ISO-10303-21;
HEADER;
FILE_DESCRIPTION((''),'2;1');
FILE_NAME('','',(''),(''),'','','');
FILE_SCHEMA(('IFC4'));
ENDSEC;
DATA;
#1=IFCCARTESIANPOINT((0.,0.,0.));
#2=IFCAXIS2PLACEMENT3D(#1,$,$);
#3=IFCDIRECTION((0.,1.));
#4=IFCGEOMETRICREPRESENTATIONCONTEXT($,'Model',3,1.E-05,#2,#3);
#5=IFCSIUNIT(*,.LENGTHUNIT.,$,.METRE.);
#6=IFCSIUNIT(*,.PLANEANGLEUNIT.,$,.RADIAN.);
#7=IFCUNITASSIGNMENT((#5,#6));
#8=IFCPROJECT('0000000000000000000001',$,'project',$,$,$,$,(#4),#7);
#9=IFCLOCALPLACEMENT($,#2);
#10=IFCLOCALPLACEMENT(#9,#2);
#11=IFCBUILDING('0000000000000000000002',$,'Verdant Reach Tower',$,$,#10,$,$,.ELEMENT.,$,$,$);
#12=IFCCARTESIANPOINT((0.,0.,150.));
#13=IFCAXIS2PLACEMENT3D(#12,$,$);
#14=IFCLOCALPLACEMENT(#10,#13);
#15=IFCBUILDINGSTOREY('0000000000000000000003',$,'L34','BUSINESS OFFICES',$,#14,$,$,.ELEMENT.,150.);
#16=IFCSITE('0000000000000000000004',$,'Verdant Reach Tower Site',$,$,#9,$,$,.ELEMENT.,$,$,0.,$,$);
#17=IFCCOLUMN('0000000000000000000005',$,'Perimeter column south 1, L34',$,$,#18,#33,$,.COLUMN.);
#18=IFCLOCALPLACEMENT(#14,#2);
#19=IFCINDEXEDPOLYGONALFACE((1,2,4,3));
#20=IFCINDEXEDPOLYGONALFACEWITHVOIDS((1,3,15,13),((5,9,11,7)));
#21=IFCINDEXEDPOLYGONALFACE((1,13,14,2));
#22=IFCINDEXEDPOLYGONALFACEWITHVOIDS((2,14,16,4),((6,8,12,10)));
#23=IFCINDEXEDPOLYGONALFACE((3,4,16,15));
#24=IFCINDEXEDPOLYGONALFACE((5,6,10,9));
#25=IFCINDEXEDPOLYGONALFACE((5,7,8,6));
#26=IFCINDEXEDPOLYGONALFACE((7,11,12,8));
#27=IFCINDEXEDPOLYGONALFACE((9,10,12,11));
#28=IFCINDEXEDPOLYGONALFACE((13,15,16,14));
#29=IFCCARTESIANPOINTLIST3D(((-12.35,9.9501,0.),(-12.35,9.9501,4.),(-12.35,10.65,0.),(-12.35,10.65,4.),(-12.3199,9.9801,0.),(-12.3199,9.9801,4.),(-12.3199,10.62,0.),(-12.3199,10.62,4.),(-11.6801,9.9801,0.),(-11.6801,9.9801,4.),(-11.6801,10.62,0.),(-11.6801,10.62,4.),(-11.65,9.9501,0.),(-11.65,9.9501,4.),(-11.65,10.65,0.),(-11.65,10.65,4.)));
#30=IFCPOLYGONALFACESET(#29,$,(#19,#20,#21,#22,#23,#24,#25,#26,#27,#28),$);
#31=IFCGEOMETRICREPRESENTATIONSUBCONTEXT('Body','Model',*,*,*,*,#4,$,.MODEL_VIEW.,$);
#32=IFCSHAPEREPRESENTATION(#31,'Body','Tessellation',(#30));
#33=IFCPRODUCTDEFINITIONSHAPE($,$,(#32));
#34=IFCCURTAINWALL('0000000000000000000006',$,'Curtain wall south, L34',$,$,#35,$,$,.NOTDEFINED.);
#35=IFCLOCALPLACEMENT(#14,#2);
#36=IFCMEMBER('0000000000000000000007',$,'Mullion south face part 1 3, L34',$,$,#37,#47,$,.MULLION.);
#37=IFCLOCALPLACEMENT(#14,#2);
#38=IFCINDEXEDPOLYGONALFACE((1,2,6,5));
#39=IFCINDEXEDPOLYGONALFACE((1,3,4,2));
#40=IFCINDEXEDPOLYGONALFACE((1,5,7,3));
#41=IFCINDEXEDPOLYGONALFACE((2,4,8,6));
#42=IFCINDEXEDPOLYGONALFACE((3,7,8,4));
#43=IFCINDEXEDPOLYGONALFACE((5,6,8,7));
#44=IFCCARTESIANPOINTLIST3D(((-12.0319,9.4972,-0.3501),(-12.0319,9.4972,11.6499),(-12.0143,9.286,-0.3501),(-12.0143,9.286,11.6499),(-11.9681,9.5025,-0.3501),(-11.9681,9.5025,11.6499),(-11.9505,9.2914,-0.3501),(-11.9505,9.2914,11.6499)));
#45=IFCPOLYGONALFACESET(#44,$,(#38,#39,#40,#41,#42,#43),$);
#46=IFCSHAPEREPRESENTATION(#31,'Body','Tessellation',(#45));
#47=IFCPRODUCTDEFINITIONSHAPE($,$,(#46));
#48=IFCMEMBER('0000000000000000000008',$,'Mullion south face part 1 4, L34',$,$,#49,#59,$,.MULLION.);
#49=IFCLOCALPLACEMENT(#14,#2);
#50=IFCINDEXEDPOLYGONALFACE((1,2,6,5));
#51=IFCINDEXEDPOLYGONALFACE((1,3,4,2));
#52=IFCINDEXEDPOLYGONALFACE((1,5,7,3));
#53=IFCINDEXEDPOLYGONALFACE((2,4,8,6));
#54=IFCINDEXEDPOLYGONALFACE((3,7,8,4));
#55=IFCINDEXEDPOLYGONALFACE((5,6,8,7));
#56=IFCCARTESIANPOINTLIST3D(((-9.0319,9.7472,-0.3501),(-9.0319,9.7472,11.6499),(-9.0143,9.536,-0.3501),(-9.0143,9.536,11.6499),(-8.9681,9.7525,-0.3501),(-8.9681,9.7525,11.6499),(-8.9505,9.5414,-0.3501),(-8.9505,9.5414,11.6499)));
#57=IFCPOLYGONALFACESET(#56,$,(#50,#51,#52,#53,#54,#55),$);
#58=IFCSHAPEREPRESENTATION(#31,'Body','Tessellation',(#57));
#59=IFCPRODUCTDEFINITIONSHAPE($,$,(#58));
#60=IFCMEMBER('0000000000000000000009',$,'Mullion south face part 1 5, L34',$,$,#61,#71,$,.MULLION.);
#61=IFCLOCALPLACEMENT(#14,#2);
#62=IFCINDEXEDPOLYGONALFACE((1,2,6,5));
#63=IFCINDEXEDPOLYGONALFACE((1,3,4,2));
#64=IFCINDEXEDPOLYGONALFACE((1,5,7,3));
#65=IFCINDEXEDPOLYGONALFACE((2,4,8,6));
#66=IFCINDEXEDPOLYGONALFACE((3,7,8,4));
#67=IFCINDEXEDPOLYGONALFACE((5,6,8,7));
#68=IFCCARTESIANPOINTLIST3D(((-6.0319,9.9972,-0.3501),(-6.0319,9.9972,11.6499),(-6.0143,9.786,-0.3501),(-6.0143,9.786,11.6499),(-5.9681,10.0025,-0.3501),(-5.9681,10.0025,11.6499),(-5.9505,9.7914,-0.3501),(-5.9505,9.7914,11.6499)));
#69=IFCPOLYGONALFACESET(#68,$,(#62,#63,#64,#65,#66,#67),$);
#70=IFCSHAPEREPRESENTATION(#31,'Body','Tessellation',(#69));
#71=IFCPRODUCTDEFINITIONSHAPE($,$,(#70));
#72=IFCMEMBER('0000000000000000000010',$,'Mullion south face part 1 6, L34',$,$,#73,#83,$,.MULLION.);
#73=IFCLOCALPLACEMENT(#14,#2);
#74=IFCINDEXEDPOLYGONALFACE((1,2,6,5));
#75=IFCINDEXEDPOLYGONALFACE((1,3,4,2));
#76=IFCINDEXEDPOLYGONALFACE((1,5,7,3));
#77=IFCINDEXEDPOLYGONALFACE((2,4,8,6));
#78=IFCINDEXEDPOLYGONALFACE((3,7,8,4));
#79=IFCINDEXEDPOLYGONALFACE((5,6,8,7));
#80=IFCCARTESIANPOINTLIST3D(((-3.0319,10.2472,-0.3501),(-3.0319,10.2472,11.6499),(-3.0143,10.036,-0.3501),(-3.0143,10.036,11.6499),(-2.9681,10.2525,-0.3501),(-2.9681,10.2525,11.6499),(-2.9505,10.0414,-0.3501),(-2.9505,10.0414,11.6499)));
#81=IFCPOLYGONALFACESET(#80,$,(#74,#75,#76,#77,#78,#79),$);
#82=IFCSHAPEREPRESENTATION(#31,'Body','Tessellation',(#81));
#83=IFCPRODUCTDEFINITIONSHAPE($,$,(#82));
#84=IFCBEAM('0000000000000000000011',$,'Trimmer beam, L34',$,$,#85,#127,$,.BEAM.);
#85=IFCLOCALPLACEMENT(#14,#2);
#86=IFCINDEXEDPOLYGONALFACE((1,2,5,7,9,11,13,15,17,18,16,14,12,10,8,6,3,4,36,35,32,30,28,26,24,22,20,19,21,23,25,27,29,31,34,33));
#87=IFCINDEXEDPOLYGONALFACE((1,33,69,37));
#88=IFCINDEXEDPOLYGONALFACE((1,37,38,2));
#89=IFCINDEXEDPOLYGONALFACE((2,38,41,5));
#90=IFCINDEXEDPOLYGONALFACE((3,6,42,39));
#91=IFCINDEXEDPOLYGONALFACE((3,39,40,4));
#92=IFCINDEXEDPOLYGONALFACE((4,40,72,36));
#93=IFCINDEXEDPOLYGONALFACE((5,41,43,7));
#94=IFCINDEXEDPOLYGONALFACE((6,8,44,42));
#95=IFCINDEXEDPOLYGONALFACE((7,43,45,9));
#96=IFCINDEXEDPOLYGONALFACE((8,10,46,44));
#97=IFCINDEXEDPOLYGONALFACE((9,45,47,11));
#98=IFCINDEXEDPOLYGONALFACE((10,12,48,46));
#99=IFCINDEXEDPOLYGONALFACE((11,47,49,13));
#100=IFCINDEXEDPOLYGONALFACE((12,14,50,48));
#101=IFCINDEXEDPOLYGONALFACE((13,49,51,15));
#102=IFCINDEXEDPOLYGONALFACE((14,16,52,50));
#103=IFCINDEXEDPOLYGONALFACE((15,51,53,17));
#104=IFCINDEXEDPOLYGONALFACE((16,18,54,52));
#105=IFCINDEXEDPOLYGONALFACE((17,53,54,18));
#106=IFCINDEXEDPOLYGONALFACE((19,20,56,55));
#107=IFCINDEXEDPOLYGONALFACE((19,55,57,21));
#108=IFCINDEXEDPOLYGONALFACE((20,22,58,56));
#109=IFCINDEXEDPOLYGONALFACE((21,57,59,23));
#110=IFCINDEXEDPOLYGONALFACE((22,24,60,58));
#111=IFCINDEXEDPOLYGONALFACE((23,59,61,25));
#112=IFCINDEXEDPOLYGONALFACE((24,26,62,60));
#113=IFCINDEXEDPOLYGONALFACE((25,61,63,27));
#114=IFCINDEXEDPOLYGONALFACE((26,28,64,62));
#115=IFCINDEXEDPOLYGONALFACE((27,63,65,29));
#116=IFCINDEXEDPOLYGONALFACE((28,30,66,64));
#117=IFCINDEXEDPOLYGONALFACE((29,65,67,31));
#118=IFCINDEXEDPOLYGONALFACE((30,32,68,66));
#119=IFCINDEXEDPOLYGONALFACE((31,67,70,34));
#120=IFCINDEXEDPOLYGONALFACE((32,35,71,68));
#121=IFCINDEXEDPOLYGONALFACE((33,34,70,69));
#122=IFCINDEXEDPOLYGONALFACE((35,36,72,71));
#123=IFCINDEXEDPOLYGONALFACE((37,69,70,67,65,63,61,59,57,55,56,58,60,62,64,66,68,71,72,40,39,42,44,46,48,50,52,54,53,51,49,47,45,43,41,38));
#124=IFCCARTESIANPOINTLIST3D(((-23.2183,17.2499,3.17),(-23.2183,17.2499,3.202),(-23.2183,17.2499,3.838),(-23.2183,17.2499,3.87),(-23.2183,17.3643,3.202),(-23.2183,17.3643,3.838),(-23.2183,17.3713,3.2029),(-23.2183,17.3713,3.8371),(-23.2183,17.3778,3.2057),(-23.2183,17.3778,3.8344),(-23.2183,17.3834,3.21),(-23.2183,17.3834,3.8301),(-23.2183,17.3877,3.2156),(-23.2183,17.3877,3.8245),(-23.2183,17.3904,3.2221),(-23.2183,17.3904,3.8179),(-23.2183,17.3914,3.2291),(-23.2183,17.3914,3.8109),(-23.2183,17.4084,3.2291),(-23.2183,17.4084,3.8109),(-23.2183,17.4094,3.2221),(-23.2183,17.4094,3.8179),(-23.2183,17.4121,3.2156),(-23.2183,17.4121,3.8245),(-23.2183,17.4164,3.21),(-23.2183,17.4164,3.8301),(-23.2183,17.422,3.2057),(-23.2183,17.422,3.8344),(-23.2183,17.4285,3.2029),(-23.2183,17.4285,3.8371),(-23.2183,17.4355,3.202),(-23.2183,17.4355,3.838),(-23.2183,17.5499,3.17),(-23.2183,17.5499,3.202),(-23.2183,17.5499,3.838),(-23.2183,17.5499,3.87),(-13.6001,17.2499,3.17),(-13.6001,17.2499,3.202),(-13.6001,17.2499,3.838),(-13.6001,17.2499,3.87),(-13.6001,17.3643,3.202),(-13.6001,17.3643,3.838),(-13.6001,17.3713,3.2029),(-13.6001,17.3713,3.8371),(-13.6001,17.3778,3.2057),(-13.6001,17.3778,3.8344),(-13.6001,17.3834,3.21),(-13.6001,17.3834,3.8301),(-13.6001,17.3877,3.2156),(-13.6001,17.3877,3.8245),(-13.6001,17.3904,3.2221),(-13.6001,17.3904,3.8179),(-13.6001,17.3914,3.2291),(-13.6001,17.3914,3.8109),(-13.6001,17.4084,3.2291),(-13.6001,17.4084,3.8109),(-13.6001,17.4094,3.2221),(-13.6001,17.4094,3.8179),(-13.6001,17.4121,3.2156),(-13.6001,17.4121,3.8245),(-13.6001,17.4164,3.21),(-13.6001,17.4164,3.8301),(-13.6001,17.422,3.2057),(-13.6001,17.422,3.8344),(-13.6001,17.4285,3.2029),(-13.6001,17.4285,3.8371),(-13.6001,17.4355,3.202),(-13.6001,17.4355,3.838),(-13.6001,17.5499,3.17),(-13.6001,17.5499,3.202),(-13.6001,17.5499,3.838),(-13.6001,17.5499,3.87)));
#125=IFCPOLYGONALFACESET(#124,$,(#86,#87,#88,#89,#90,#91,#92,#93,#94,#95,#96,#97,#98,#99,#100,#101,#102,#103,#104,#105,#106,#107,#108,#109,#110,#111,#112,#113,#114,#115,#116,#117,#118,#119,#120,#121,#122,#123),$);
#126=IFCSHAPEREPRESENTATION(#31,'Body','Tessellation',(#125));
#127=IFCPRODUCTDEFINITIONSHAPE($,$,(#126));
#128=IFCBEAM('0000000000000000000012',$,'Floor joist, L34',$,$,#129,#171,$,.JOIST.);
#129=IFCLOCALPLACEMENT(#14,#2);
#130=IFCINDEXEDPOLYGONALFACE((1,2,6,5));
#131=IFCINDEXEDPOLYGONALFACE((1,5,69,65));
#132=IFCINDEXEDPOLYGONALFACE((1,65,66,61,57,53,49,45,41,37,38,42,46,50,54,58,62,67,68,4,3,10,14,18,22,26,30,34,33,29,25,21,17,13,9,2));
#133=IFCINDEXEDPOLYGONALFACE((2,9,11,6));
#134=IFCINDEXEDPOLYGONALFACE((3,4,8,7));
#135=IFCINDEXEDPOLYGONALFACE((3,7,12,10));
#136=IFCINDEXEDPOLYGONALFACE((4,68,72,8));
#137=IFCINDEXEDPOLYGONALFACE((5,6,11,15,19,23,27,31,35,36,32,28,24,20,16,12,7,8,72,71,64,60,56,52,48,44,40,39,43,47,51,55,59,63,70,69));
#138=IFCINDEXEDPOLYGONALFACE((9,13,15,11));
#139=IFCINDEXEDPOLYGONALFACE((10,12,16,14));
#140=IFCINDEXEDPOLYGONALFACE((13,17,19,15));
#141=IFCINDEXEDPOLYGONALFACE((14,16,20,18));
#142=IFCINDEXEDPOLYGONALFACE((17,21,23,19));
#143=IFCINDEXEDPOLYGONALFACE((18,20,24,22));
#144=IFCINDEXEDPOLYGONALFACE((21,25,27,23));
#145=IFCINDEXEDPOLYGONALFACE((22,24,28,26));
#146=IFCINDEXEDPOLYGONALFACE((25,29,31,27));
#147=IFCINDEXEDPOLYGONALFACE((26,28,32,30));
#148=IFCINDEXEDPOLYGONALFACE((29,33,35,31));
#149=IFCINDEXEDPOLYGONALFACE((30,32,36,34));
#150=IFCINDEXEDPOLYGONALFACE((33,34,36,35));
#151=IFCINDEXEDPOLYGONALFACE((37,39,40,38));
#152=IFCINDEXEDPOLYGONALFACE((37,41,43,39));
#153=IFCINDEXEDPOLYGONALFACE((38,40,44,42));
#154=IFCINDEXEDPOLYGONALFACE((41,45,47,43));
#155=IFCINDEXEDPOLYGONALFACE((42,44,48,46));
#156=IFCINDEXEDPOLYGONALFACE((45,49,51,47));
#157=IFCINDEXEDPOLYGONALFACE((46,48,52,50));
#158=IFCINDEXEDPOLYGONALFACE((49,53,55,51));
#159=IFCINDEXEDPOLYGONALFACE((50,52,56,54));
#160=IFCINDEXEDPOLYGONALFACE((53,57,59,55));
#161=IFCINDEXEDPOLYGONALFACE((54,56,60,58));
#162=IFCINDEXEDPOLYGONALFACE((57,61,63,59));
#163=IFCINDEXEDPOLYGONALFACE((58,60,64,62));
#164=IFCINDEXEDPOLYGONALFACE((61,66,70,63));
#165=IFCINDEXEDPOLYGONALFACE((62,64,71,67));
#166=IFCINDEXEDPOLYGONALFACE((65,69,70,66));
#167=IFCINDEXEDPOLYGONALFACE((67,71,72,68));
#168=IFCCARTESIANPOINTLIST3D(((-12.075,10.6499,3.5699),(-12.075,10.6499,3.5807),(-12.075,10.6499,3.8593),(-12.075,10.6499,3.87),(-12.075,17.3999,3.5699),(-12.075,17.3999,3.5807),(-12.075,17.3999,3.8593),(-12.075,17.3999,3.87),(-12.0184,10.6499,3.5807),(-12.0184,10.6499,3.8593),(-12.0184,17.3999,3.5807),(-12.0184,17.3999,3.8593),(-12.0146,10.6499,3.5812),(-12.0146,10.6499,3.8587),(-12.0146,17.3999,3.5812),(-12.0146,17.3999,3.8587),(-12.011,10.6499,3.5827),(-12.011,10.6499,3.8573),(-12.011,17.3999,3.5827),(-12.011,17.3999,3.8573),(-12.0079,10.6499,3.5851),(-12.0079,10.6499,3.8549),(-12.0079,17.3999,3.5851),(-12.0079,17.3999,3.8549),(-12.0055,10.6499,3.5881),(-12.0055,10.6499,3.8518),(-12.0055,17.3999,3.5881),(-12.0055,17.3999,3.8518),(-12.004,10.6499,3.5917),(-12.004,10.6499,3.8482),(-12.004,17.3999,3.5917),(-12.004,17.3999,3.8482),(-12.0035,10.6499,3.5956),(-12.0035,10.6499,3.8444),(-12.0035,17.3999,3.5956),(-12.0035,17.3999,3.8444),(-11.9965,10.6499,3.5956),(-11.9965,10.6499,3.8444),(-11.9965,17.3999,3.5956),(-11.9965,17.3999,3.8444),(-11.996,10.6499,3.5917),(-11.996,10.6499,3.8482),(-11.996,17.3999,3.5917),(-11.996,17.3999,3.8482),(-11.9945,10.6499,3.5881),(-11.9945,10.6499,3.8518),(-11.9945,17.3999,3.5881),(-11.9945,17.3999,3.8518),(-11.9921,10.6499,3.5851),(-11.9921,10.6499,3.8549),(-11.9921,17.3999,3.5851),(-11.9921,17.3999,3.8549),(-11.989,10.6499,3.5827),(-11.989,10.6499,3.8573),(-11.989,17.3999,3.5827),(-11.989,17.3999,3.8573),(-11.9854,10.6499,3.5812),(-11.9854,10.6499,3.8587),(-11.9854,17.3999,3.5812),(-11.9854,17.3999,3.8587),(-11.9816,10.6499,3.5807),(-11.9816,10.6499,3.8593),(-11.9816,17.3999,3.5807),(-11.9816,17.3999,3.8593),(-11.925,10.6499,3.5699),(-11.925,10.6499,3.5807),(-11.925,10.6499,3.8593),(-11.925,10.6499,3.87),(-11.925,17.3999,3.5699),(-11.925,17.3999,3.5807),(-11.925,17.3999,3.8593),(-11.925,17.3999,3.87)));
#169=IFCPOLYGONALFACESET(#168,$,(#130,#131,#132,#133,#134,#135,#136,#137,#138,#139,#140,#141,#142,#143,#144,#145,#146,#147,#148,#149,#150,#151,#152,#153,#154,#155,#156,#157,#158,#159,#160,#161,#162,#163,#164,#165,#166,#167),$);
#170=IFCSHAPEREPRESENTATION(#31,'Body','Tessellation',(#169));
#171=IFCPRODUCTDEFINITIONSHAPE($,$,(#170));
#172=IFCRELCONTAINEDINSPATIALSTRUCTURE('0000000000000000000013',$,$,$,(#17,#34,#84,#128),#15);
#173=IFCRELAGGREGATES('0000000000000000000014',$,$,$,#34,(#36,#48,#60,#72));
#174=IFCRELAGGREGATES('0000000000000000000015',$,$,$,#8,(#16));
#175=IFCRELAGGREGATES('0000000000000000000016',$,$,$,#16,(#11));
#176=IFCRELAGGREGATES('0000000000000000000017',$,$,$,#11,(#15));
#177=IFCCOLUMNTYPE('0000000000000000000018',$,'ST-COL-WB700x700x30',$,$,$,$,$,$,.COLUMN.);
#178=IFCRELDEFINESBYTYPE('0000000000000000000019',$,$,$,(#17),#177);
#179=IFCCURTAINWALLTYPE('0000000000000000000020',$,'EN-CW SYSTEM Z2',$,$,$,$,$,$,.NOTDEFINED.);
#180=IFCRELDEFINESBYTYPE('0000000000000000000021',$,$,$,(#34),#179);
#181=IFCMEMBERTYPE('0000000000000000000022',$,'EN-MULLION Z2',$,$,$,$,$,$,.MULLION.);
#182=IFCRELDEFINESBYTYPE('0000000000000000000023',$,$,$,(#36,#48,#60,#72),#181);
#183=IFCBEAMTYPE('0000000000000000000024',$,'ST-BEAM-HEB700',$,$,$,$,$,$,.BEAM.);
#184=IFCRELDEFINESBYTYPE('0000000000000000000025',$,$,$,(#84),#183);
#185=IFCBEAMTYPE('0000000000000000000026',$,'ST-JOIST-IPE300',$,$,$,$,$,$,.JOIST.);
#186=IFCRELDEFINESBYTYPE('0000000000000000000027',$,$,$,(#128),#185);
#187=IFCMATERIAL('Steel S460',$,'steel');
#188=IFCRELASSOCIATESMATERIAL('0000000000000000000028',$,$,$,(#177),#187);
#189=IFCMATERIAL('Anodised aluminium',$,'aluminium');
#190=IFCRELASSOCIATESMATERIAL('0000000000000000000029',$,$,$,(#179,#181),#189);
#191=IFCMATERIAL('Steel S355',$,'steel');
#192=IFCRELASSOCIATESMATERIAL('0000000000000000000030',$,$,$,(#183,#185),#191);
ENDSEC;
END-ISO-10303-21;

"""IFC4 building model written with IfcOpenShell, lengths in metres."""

from ifc_helpers import new_model, si_unit, direction, frame, origin, origin_2d, place, context, subcontext, project, spatial, rectangle, hollow_rectangle, i_section, extrude, material, material_profile, profile_set, type_object, element, aggregate, save


model = new_model("IFC4")

# Units and contexts
model_context = context("Model", 3, precision=1e-05, world=origin(), true_north=direction((0.0, 1.0)))
body_context = subcontext(model_context, "Body", "Model", "MODEL_VIEW")
ifc_project = project(units=[si_unit("LENGTHUNIT", "METRE"), si_unit("PLANEANGLEUNIT", "RADIAN")], contexts=[model_context])

# Site, building, storey
site_placement = place(None, origin())
site = spatial("IfcSite", under=ifc_project, at=site_placement, Name="Verdant Reach Tower Site", CompositionType="ELEMENT", RefElevation=0.0)
building_placement = place(site_placement, origin())
building = spatial("IfcBuilding", under=site, at=building_placement, Name="Verdant Reach Tower", CompositionType="ELEMENT")
storey_placement = place(building_placement, frame((0.0, 0.0, 150.0)))
storey = spatial("IfcBuildingStorey", under=building, at=storey_placement, Name="L34", Description="BUSINESS OFFICES", CompositionType="ELEMENT", Elevation=150.0)

# Column
ifc_material_1 = material(Name="Steel S460", Category="steel")
ifc_material_profile_1 = material_profile(ifc_material_1, hollow_rectangle(XDim=0.7, YDim=0.7, WallThickness=0.03, at=origin_2d()), Name="WB 700x700x30")
ifc_profile_set_1 = profile_set([ifc_material_profile_1], Name="Steel S460")
column_type = type_object("IfcColumnType", Name="ST-COL-WB700x700x30", PredefinedType="COLUMN", material=ifc_profile_set_1)
column_placement = place(storey_placement, frame((-12.0, 10.3, 0.0), z_axis=(0.0, 0.0, 1.0), x_axis=(1.0, 0.0, 0.0)))
element("IfcColumn", 1, at=column_placement, inside=storey, type_object=column_type, Name="Perimeter column south 1, L34", PredefinedType="COLUMN", context=body_context, shape_type="SweptSolid", body=[
    extrude(hollow_rectangle(XDim=0.7, YDim=0.7, WallThickness=0.03, at=origin_2d()), origin(), (0.0, 0.0, 1.0), 4.0),
])

# Curtain wall, members
ifc_material_2 = material(Name="Anodised aluminium", Category="aluminium")
curtain_wall_type = type_object("IfcCurtainWallType", Name="EN-CW SYSTEM Z2", PredefinedType="NOTDEFINED", material=ifc_material_2)
curtain_wall_placement = place(storey_placement, origin())
curtain_wall = element("IfcCurtainWall", 2, at=curtain_wall_placement, inside=storey, type_object=curtain_wall_type, Name="Curtain wall south, L34", PredefinedType="NOTDEFINED")
ifc_material_profile_2 = material_profile(ifc_material_2, rectangle(XDim=0.2119, YDim=0.064, at=origin_2d()), Name="Mullion 64x212")
ifc_profile_set_2 = profile_set([ifc_material_profile_2], Name="Anodised aluminium")
member_type = type_object("IfcMemberType", Name="EN-MULLION Z2", PredefinedType="MULLION", material=ifc_profile_set_2)
member_1_placement = place(storey_placement, frame((-11.9912, 9.3943, -0.3501), z_axis=(0.0, 0.0, 1.0), x_axis=(0.083045, -0.996546, 0.0)))
member_1 = element("IfcMember", 3, at=member_1_placement, type_object=member_type, Name="Mullion south face part 1 3, L34", PredefinedType="MULLION", context=body_context, shape_type="SweptSolid", body=[
    extrude(rectangle(XDim=0.2119, YDim=0.064, at=origin_2d()), origin(), (0.0, 0.0, 1.0), 12.0),
])
member_2_placement = place(storey_placement, frame((-8.9912, 9.6443, -0.3501), z_axis=(0.0, 0.0, 1.0), x_axis=(0.083045, -0.996546, 0.0)))
member_2 = element("IfcMember", 4, at=member_2_placement, type_object=member_type, Name="Mullion south face part 1 4, L34", PredefinedType="MULLION", context=body_context, shape_type="SweptSolid", body=[
    extrude(rectangle(XDim=0.2119, YDim=0.064, at=origin_2d()), origin(), (0.0, 0.0, 1.0), 12.0),
])
member_3_placement = place(storey_placement, frame((-5.9912, 9.8943, -0.3501), z_axis=(0.0, 0.0, 1.0), x_axis=(0.083045, -0.996546, 0.0)))
member_3 = element("IfcMember", 5, at=member_3_placement, type_object=member_type, Name="Mullion south face part 1 5, L34", PredefinedType="MULLION", context=body_context, shape_type="SweptSolid", body=[
    extrude(rectangle(XDim=0.2119, YDim=0.064, at=origin_2d()), origin(), (0.0, 0.0, 1.0), 12.0),
])
member_4_placement = place(storey_placement, frame((-2.9912, 10.1443, -0.3501), z_axis=(0.0, 0.0, 1.0), x_axis=(0.083045, -0.996546, 0.0)))
member_4 = element("IfcMember", 6, at=member_4_placement, type_object=member_type, Name="Mullion south face part 1 6, L34", PredefinedType="MULLION", context=body_context, shape_type="SweptSolid", body=[
    extrude(rectangle(XDim=0.2119, YDim=0.064, at=origin_2d()), origin(), (0.0, 0.0, 1.0), 12.0),
])

# Beams
ifc_material_3 = material(Name="Steel S355", Category="steel")
ifc_material_profile_3 = material_profile(ifc_material_3, i_section(OverallWidth=0.3, OverallDepth=0.7, WebThickness=0.0171, FlangeThickness=0.032, FilletRadius=0.0271, at=origin_2d()), Name="HEB 700")
ifc_profile_set_3 = profile_set([ifc_material_profile_3], Name="Steel S355")
beam_type_1 = type_object("IfcBeamType", Name="ST-BEAM-HEB700", PredefinedType="BEAM", material=ifc_profile_set_3)
beam_1_placement = place(storey_placement, frame((-13.6001, 17.3999, 3.52), z_axis=(-1.0, 0.0, 0.0), x_axis=(0.0, -1.0, 0.0)))
element("IfcBeam", 7, at=beam_1_placement, inside=storey, type_object=beam_type_1, Name="Trimmer beam, L34", PredefinedType="BEAM", context=body_context, shape_type="SweptSolid", body=[
    extrude(i_section(OverallWidth=0.3, OverallDepth=0.7, WebThickness=0.0171, FlangeThickness=0.032, FilletRadius=0.0271, at=origin_2d()), origin(), (0.0, 0.0, 1.0), 9.6182),
])
ifc_material_profile_4 = material_profile(ifc_material_3, i_section(OverallWidth=0.1499, OverallDepth=0.3, WebThickness=0.0071, FlangeThickness=0.0107, FilletRadius=0.0149, at=origin_2d()), Name="IPE 300")
ifc_profile_set_4 = profile_set([ifc_material_profile_4], Name="Steel S355")
beam_type_2 = type_object("IfcBeamType", Name="ST-JOIST-IPE300", PredefinedType="JOIST", material=ifc_profile_set_4)
beam_2_placement = place(storey_placement, frame((-12.0, 17.3999, 3.72), z_axis=(0.0, -1.0, 0.0), x_axis=(1.0, 0.0, 0.0)))
element("IfcBeam", 8, at=beam_2_placement, inside=storey, type_object=beam_type_2, Name="Floor joist, L34", PredefinedType="JOIST", context=body_context, shape_type="SweptSolid", body=[
    extrude(i_section(OverallWidth=0.1499, OverallDepth=0.3, WebThickness=0.0071, FlangeThickness=0.0107, FilletRadius=0.0149, at=origin_2d()), origin(), (0.0, 0.0, 1.0), 6.75),
])

aggregate(curtain_wall, [member_1, member_2, member_3, member_4])

save(model, "model.ifc")
